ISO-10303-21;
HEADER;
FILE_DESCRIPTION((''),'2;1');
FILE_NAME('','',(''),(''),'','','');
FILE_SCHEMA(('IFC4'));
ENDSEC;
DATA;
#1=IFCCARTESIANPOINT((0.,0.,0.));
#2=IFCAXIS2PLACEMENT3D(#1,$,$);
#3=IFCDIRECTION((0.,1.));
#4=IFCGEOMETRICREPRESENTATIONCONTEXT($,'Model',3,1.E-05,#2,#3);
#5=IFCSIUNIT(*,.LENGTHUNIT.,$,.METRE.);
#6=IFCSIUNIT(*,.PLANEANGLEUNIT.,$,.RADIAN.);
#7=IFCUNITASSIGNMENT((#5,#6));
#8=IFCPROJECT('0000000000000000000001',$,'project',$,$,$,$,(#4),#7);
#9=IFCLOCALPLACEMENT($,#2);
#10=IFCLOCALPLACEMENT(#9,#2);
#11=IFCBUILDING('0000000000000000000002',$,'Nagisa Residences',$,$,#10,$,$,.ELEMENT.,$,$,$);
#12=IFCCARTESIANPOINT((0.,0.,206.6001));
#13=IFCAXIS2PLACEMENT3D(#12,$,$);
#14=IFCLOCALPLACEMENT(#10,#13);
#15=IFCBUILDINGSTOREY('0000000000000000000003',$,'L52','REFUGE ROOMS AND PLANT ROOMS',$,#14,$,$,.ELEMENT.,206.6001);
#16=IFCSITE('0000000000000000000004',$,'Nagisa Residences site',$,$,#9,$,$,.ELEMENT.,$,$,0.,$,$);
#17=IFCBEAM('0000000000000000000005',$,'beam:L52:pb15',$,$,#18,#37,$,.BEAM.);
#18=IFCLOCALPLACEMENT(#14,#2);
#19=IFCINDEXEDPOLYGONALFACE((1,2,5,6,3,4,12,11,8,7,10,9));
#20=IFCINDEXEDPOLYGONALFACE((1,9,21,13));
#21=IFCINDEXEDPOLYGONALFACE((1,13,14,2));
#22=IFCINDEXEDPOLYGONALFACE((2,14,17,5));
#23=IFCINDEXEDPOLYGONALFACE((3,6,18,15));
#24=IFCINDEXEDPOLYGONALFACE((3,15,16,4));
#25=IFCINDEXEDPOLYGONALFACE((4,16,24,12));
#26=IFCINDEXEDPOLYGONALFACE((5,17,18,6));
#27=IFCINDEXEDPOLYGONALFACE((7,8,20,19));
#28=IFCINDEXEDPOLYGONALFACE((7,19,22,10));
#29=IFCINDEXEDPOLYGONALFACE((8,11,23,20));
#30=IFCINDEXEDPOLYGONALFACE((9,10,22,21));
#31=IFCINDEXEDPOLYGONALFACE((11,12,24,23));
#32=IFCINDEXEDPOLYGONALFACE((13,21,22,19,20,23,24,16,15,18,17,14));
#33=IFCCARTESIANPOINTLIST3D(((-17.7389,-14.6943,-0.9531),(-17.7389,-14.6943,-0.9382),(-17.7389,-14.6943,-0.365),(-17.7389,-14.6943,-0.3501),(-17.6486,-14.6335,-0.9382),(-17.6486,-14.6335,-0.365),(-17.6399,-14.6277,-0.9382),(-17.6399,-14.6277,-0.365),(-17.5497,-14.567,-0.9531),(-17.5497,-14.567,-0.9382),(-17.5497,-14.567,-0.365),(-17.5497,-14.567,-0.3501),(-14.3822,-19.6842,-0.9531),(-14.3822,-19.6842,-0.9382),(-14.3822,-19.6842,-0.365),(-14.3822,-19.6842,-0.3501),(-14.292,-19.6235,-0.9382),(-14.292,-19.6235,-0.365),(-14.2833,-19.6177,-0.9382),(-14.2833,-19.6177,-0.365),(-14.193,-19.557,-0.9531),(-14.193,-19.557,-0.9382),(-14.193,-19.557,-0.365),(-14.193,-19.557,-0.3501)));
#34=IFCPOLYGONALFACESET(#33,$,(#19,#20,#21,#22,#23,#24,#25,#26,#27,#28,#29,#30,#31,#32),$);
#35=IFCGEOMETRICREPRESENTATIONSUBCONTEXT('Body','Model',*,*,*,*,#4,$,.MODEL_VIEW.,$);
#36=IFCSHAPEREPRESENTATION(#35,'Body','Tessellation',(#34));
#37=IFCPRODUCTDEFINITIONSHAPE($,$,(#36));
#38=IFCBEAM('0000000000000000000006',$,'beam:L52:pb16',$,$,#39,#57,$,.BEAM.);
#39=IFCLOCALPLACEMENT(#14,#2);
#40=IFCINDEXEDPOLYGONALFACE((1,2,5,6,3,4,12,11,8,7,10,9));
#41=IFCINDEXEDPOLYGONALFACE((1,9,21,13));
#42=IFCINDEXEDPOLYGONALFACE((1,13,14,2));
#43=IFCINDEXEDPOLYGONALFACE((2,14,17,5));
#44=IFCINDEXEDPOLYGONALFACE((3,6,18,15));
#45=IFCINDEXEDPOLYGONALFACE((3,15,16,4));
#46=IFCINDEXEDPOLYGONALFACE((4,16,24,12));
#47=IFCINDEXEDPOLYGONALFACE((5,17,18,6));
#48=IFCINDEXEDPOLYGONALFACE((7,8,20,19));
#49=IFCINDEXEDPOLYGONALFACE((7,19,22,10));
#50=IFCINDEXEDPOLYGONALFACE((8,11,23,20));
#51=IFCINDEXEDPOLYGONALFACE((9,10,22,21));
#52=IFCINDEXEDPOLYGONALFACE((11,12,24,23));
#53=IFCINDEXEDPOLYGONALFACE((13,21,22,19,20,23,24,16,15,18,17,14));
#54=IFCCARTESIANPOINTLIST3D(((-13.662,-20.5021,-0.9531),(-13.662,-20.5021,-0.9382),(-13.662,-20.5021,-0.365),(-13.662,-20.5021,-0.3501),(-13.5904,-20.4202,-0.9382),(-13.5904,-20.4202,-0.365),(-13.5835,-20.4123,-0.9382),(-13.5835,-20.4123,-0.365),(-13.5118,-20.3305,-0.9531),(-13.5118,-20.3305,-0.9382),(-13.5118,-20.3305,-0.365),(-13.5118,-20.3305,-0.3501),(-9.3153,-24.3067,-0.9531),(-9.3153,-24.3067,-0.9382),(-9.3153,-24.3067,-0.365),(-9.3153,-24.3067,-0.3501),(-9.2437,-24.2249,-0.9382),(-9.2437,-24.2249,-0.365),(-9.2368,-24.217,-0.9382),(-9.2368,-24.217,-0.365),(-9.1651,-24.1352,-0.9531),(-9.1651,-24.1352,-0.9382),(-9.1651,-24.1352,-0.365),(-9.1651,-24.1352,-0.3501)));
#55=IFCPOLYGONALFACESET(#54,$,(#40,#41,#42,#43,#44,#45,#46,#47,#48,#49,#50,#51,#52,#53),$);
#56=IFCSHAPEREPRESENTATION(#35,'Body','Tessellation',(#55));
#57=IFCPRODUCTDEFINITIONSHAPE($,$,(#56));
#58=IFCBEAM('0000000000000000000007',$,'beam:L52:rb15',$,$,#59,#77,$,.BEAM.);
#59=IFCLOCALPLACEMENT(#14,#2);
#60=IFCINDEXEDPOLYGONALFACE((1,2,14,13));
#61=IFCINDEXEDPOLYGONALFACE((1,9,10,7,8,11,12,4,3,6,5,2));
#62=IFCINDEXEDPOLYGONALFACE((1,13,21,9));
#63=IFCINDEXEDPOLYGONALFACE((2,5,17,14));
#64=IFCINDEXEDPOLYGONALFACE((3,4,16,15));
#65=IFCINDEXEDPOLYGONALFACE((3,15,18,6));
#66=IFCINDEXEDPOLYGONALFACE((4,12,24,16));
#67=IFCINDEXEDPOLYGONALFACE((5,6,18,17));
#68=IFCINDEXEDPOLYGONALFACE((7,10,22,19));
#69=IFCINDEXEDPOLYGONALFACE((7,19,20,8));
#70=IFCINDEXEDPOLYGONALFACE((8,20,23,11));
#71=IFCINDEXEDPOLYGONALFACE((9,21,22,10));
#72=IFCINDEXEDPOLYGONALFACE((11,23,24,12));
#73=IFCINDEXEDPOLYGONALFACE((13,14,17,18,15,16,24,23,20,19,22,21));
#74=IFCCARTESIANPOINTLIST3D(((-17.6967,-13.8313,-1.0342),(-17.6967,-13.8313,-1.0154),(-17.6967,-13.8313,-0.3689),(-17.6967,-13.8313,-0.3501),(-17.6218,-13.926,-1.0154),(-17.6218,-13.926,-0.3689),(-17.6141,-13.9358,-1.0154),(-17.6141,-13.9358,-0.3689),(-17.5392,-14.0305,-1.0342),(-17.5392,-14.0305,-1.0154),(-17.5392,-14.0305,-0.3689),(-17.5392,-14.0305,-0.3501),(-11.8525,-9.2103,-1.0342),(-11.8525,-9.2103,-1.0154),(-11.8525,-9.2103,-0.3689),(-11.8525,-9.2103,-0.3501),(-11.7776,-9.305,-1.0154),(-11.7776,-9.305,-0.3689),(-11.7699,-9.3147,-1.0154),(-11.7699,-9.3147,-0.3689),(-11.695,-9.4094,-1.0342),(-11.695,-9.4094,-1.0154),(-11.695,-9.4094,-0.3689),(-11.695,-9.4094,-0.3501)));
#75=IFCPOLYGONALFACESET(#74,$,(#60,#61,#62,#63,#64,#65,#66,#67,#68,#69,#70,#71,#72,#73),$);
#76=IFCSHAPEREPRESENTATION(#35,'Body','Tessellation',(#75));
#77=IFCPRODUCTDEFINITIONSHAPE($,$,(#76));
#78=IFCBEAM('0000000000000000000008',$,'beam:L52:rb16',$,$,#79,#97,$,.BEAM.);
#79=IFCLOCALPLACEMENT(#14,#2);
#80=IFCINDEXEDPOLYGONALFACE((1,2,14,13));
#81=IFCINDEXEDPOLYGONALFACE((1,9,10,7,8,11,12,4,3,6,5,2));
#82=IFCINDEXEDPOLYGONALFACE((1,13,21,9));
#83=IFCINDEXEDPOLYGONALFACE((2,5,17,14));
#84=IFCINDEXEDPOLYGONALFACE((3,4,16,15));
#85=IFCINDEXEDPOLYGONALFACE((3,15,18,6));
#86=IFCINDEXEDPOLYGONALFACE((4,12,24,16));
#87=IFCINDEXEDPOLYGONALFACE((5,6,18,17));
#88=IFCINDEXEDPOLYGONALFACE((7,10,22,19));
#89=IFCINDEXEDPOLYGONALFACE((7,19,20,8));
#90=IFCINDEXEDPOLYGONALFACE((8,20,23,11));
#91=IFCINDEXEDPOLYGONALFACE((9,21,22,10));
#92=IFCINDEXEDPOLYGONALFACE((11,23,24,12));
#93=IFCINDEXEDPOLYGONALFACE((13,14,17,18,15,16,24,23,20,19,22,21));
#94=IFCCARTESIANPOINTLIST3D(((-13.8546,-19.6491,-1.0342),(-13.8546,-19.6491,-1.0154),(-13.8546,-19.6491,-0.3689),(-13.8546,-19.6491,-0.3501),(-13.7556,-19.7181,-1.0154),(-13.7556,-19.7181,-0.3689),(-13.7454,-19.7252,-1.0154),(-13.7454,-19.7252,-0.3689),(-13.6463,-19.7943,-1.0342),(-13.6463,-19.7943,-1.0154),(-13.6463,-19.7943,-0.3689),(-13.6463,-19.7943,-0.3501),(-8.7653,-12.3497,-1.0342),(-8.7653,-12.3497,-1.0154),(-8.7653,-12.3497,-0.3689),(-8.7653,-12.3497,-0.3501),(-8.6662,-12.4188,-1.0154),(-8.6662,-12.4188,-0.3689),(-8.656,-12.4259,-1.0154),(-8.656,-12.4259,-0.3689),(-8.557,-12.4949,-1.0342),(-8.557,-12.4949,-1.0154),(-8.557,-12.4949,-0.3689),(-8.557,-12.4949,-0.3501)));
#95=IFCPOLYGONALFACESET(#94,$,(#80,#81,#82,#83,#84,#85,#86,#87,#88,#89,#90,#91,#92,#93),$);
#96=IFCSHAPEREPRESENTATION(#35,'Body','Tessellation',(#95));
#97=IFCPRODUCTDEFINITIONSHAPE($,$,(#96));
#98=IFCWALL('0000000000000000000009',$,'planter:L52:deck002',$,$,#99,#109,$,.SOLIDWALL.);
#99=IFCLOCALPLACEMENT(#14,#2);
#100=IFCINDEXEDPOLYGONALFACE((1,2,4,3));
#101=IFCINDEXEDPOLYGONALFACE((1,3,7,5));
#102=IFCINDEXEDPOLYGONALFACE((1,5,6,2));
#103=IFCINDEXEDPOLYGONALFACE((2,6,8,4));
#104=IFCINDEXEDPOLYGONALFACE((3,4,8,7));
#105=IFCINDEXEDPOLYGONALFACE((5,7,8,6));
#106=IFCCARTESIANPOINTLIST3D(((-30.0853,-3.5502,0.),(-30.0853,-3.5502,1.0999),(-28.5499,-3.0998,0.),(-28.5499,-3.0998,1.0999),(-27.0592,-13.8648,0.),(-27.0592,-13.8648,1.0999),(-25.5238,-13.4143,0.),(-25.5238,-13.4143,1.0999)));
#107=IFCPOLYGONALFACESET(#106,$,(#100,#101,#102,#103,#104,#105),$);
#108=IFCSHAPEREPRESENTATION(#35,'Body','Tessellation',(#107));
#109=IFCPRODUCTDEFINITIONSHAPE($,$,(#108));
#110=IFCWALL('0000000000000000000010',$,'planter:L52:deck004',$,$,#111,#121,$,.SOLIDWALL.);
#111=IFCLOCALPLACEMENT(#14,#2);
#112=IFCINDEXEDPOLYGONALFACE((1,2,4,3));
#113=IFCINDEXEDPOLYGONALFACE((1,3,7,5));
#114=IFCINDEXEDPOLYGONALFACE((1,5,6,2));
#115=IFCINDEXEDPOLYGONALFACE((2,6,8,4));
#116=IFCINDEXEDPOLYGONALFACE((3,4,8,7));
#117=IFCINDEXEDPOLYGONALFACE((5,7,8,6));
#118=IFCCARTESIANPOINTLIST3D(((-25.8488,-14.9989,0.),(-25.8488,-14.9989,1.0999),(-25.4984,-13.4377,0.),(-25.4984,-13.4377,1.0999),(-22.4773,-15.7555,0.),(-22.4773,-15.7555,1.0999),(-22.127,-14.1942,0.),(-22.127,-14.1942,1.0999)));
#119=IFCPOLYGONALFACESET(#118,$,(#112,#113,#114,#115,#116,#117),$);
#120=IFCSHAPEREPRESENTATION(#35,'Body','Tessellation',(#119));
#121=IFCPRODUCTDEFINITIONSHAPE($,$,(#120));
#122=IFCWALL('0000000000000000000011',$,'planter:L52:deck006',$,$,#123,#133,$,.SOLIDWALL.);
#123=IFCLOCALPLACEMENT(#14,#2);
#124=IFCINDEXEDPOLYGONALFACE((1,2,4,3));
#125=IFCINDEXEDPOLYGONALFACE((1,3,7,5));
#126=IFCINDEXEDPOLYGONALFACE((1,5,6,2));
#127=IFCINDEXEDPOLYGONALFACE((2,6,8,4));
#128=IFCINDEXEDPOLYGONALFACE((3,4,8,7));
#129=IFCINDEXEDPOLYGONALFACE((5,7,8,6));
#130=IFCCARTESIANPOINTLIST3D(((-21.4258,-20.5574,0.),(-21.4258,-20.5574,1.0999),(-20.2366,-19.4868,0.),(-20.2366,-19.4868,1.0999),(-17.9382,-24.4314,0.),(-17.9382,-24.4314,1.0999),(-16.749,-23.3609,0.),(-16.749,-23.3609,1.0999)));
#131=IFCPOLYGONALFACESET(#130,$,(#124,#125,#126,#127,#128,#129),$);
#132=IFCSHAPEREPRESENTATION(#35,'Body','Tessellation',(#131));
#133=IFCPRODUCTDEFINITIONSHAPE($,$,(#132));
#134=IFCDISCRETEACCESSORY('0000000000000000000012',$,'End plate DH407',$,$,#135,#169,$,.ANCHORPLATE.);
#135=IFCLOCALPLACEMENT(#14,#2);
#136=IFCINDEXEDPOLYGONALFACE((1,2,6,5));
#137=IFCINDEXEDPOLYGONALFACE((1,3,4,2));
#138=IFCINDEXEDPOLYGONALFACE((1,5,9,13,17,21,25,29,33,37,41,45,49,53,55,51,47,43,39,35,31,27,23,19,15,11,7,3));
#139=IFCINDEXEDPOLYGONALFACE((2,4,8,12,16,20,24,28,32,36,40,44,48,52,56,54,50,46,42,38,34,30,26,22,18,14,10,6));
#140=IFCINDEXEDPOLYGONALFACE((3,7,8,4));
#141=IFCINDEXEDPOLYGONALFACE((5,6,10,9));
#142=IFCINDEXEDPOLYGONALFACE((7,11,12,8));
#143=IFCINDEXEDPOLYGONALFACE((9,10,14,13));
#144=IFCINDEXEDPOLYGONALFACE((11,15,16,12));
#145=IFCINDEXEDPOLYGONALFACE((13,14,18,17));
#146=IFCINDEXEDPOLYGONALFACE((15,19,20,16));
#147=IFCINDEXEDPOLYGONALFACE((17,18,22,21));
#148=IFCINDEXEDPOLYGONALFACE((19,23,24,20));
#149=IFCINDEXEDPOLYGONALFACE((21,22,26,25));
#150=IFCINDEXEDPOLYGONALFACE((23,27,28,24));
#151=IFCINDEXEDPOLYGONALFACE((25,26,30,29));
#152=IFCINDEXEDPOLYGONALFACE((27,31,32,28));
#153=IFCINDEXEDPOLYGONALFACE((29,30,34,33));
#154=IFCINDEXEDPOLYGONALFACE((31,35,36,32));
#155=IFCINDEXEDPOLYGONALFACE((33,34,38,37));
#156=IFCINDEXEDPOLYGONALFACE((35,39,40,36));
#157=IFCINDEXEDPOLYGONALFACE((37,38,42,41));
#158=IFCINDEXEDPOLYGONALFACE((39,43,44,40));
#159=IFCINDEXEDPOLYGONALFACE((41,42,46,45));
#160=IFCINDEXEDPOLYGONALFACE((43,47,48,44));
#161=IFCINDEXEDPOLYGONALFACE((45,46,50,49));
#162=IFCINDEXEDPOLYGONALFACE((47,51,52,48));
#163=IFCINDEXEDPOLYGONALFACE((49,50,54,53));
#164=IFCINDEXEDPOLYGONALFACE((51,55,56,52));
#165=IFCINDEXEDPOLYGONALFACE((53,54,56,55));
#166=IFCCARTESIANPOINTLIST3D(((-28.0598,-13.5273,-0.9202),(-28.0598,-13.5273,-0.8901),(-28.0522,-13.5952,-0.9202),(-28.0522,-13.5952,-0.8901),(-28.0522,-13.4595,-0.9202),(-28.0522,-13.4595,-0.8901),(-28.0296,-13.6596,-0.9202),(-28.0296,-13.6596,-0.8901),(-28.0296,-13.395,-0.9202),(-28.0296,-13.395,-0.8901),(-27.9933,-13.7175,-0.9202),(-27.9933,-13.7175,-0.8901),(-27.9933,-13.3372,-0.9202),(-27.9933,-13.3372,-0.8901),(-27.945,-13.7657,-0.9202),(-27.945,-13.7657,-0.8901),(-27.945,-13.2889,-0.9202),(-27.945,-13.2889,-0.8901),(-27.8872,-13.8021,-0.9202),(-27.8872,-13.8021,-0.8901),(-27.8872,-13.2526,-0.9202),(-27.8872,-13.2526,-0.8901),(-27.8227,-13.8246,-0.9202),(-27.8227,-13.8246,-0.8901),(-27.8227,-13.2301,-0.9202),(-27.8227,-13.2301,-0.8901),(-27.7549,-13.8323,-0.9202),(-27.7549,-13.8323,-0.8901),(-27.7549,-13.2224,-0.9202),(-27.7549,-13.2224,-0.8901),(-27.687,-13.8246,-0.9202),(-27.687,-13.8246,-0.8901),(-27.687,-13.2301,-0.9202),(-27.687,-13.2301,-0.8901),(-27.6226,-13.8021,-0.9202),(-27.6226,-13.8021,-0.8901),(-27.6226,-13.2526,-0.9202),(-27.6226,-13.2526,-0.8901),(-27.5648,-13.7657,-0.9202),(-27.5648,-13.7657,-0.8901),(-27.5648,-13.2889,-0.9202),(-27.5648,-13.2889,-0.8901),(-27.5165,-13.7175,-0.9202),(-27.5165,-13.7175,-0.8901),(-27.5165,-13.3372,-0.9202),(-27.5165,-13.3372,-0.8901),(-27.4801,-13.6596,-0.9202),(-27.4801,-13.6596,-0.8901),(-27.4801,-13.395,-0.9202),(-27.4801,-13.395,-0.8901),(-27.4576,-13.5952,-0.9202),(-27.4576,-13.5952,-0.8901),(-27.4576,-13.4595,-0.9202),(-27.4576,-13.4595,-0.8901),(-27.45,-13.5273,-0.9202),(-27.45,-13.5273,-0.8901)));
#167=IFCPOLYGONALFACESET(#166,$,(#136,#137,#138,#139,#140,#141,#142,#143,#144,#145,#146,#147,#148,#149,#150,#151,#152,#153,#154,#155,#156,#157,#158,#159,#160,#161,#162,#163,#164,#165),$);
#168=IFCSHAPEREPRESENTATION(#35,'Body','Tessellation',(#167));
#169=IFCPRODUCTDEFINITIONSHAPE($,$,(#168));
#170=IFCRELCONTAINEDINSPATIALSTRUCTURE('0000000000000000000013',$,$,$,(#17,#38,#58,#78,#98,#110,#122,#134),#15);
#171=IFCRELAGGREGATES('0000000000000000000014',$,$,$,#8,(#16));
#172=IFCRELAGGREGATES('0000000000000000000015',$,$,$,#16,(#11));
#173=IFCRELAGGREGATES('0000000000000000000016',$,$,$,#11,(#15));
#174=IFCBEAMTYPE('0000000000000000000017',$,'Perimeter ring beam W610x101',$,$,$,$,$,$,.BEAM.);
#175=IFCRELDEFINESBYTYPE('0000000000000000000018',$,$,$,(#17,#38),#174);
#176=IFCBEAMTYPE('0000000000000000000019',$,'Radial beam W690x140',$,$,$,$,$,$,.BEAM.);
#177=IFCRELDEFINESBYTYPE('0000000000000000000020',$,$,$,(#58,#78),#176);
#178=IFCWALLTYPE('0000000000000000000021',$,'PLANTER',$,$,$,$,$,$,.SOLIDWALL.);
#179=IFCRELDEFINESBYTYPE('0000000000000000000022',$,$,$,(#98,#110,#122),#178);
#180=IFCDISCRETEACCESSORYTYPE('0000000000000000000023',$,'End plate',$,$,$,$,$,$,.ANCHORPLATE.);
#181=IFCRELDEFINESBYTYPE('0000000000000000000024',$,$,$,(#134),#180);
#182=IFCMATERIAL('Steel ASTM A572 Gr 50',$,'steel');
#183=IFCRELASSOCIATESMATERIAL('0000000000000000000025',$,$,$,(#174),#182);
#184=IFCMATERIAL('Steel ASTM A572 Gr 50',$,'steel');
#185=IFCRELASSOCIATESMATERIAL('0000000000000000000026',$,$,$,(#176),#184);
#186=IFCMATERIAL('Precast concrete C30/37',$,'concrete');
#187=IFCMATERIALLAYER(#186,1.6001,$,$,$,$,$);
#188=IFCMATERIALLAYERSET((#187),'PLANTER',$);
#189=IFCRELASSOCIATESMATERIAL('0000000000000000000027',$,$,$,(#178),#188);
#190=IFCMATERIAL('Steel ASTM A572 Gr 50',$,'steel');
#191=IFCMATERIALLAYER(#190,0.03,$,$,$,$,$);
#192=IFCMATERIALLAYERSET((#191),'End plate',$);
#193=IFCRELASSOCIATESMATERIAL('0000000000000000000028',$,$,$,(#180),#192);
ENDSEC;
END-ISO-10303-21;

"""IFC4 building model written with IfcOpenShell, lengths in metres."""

from ifc_helpers import new_model, si_unit, direction, frame, frame_2d, origin, origin_2d, place, context, subcontext, project, spatial, rectangle, circle, i_section, extrude, material, layer, layer_set, material_profile, profile_set, type_object, element, save


model = new_model("IFC4")

# Units and contexts
model_context = context("Model", 3, precision=1e-05, world=origin(), true_north=direction((0.0, 1.0)))
body_context = subcontext(model_context, "Body", "Model", "MODEL_VIEW")
ifc_project = project(units=[si_unit("LENGTHUNIT", "METRE"), si_unit("PLANEANGLEUNIT", "RADIAN")], contexts=[model_context])

# Site, building, storey
site_placement = place(None, origin())
site = spatial("IfcSite", under=ifc_project, at=site_placement, Name="Nagisa Residences site", CompositionType="ELEMENT", RefElevation=0.0)
building_placement = place(site_placement, origin())
building = spatial("IfcBuilding", under=site, at=building_placement, Name="Nagisa Residences", CompositionType="ELEMENT")
storey_placement = place(building_placement, frame((0.0, 0.0, 206.6001)))
storey = spatial("IfcBuildingStorey", under=building, at=storey_placement, Name="L52", Description="REFUGE ROOMS AND PLANT ROOMS", CompositionType="ELEMENT", Elevation=206.6001)

# Beams
ifc_material_1 = material(Name="Steel ASTM A572 Gr 50", Category="steel")
ifc_material_profile_1 = material_profile(ifc_material_1, i_section(OverallWidth=0.228, OverallDepth=0.603, WebThickness=0.0105, FlangeThickness=0.0149, at=origin_2d()), Name="W610x101")
ifc_profile_set_1 = profile_set([ifc_material_profile_1], Name="Steel ASTM A572 Gr 50")
beam_type_1 = type_object("IfcBeamType", Name="Perimeter ring beam W610x101", PredefinedType="BEAM", material=ifc_profile_set_1)
beam_1_placement = place(storey_placement, frame((-17.6443, -14.6306, -0.6516), z_axis=(0.558152, -0.829739, 0.0), x_axis=(0.829739, 0.558152, 0.0)))
element("IfcBeam", 1, at=beam_1_placement, inside=storey, type_object=beam_type_1, Name="beam:L52:pb15", PredefinedType="BEAM", context=body_context, shape_type="SweptSolid", body=[
    extrude(i_section(OverallWidth=0.228, OverallDepth=0.603, WebThickness=0.0105, FlangeThickness=0.0149, at=origin_2d()), origin(), (0.0, 0.0, 1.0), 6.0139),
])
beam_2_placement = place(storey_placement, frame((-13.5869, -20.4163, -0.6516), z_axis=(0.752461, -0.658636, 0.0), x_axis=(0.658636, 0.752461, 0.0)))
element("IfcBeam", 2, at=beam_2_placement, inside=storey, type_object=beam_type_1, Name="beam:L52:pb16", PredefinedType="BEAM", context=body_context, shape_type="SweptSolid", body=[
    extrude(i_section(OverallWidth=0.228, OverallDepth=0.603, WebThickness=0.0105, FlangeThickness=0.0149, at=origin_2d()), origin(), (0.0, 0.0, 1.0), 5.7766),
])
ifc_material_2 = material(Name="Steel ASTM A572 Gr 50", Category="steel")
ifc_material_profile_2 = material_profile(ifc_material_2, i_section(OverallWidth=0.2539, OverallDepth=0.6841, WebThickness=0.0125, FlangeThickness=0.0188, at=origin_2d()), Name="W690x140")
ifc_profile_set_2 = profile_set([ifc_material_profile_2], Name="Steel ASTM A572 Gr 50")
beam_type_2 = type_object("IfcBeamType", Name="Radial beam W690x140", PredefinedType="BEAM", material=ifc_profile_set_2)
beam_3_placement = place(storey_placement, frame((-17.6179, -13.9309, -0.6921), z_axis=(0.784411, 0.620241, 0.0), x_axis=(-0.620241, 0.784411, 0.0)))
element("IfcBeam", 3, at=beam_3_placement, inside=storey, type_object=beam_type_2, Name="beam:L52:rb15", PredefinedType="BEAM", context=body_context, shape_type="SweptSolid", body=[
    extrude(i_section(OverallWidth=0.2539, OverallDepth=0.6841, WebThickness=0.0125, FlangeThickness=0.0188, at=origin_2d()), origin(), (0.0, 0.0, 1.0), 7.4504),
])
beam_4_placement = place(storey_placement, frame((-13.7505, -19.7217, -0.6921), z_axis=(0.57194, 0.820295, 0.0), x_axis=(-0.820295, 0.57194, 0.0)))
element("IfcBeam", 4, at=beam_4_placement, inside=storey, type_object=beam_type_2, Name="beam:L52:rb16", PredefinedType="BEAM", context=body_context, shape_type="SweptSolid", body=[
    extrude(i_section(OverallWidth=0.2539, OverallDepth=0.6841, WebThickness=0.0125, FlangeThickness=0.0188, at=origin_2d()), origin(), (0.0, 0.0, 1.0), 8.8984),
])

# Walls
ifc_material_3 = material(Name="Precast concrete C30/37", Category="concrete")
ifc_layer_1 = layer(ifc_material_3, 1.6001)
ifc_layer_set_1 = layer_set([ifc_layer_1], Name="PLANTER")
wall_type = type_object("IfcWallType", Name="PLANTER", PredefinedType="SOLIDWALL", material=ifc_layer_set_1)
wall_1_placement = place(storey_placement, frame((-26.2915, -13.6394, 0.0), z_axis=(0.0, 0.0, 1.0), x_axis=(-0.281521, 0.959555, 0.0)))
element("IfcWall", 5, at=wall_1_placement, inside=storey, type_object=wall_type, Name="planter:L52:deck002", PredefinedType="SOLIDWALL", context=body_context, shape_type="SweptSolid", body=[
    extrude(rectangle(XDim=10.7493, YDim=1.6001, at=frame_2d((5.3745, 0.0))), origin(), (0.0, 0.0, 1.0), 1.0999),
])
wall_2_placement = place(storey_placement, frame((-22.3022, -14.9749, 0.0), z_axis=(0.0, 0.0, 1.0), x_axis=(-0.975734, 0.218957, 0.0)))
element("IfcWall", 6, at=wall_2_placement, inside=storey, type_object=wall_type, Name="planter:L52:deck004", PredefinedType="SOLIDWALL", context=body_context, shape_type="SweptSolid", body=[
    extrude(rectangle(XDim=3.4553, YDim=1.6001, at=frame_2d((1.7275, 0.0))), origin(), (0.0, 0.0, 1.0), 1.0999),
])
wall_3_placement = place(storey_placement, frame((-17.3435, -23.8962, 0.0), z_axis=(0.0, 0.0, 1.0), x_axis=(-0.669063, 0.743206, 0.0)))
element("IfcWall", 7, at=wall_3_placement, inside=storey, type_object=wall_type, Name="planter:L52:deck006", PredefinedType="SOLIDWALL", context=body_context, shape_type="SweptSolid", body=[
    extrude(rectangle(XDim=5.2126, YDim=1.6001, at=frame_2d((2.6064, 0.0))), origin(), (0.0, 0.0, 1.0), 1.0999),
])

# Discrete accessory
ifc_material_4 = material(Name="Steel ASTM A572 Gr 50", Category="steel")
ifc_layer_2 = layer(ifc_material_4, 0.03)
ifc_layer_set_2 = layer_set([ifc_layer_2], Name="End plate")
discrete_accessory_type = type_object("IfcDiscreteAccessoryType", Name="End plate", PredefinedType="ANCHORPLATE", material=ifc_layer_set_2)
for number, where, z_axis, x_axis, name in (
    (8, (-27.7549, -13.5273, -0.8901), (0.0, 0.0, -1.0), (1.0, 0.0, 0.0), "End plate DH407"),
):
    element("IfcDiscreteAccessory", number, at=place(storey_placement, frame(where, z_axis=z_axis, x_axis=x_axis)), inside=storey, type_object=discrete_accessory_type, Name=name, PredefinedType="ANCHORPLATE", context=body_context, shape_type="SweptSolid", body=[
        extrude(circle(Radius=0.3049, at=origin_2d()), origin(), (0.0, 0.0, 1.0), 0.03),
    ])

save(model, "model.ifc")
